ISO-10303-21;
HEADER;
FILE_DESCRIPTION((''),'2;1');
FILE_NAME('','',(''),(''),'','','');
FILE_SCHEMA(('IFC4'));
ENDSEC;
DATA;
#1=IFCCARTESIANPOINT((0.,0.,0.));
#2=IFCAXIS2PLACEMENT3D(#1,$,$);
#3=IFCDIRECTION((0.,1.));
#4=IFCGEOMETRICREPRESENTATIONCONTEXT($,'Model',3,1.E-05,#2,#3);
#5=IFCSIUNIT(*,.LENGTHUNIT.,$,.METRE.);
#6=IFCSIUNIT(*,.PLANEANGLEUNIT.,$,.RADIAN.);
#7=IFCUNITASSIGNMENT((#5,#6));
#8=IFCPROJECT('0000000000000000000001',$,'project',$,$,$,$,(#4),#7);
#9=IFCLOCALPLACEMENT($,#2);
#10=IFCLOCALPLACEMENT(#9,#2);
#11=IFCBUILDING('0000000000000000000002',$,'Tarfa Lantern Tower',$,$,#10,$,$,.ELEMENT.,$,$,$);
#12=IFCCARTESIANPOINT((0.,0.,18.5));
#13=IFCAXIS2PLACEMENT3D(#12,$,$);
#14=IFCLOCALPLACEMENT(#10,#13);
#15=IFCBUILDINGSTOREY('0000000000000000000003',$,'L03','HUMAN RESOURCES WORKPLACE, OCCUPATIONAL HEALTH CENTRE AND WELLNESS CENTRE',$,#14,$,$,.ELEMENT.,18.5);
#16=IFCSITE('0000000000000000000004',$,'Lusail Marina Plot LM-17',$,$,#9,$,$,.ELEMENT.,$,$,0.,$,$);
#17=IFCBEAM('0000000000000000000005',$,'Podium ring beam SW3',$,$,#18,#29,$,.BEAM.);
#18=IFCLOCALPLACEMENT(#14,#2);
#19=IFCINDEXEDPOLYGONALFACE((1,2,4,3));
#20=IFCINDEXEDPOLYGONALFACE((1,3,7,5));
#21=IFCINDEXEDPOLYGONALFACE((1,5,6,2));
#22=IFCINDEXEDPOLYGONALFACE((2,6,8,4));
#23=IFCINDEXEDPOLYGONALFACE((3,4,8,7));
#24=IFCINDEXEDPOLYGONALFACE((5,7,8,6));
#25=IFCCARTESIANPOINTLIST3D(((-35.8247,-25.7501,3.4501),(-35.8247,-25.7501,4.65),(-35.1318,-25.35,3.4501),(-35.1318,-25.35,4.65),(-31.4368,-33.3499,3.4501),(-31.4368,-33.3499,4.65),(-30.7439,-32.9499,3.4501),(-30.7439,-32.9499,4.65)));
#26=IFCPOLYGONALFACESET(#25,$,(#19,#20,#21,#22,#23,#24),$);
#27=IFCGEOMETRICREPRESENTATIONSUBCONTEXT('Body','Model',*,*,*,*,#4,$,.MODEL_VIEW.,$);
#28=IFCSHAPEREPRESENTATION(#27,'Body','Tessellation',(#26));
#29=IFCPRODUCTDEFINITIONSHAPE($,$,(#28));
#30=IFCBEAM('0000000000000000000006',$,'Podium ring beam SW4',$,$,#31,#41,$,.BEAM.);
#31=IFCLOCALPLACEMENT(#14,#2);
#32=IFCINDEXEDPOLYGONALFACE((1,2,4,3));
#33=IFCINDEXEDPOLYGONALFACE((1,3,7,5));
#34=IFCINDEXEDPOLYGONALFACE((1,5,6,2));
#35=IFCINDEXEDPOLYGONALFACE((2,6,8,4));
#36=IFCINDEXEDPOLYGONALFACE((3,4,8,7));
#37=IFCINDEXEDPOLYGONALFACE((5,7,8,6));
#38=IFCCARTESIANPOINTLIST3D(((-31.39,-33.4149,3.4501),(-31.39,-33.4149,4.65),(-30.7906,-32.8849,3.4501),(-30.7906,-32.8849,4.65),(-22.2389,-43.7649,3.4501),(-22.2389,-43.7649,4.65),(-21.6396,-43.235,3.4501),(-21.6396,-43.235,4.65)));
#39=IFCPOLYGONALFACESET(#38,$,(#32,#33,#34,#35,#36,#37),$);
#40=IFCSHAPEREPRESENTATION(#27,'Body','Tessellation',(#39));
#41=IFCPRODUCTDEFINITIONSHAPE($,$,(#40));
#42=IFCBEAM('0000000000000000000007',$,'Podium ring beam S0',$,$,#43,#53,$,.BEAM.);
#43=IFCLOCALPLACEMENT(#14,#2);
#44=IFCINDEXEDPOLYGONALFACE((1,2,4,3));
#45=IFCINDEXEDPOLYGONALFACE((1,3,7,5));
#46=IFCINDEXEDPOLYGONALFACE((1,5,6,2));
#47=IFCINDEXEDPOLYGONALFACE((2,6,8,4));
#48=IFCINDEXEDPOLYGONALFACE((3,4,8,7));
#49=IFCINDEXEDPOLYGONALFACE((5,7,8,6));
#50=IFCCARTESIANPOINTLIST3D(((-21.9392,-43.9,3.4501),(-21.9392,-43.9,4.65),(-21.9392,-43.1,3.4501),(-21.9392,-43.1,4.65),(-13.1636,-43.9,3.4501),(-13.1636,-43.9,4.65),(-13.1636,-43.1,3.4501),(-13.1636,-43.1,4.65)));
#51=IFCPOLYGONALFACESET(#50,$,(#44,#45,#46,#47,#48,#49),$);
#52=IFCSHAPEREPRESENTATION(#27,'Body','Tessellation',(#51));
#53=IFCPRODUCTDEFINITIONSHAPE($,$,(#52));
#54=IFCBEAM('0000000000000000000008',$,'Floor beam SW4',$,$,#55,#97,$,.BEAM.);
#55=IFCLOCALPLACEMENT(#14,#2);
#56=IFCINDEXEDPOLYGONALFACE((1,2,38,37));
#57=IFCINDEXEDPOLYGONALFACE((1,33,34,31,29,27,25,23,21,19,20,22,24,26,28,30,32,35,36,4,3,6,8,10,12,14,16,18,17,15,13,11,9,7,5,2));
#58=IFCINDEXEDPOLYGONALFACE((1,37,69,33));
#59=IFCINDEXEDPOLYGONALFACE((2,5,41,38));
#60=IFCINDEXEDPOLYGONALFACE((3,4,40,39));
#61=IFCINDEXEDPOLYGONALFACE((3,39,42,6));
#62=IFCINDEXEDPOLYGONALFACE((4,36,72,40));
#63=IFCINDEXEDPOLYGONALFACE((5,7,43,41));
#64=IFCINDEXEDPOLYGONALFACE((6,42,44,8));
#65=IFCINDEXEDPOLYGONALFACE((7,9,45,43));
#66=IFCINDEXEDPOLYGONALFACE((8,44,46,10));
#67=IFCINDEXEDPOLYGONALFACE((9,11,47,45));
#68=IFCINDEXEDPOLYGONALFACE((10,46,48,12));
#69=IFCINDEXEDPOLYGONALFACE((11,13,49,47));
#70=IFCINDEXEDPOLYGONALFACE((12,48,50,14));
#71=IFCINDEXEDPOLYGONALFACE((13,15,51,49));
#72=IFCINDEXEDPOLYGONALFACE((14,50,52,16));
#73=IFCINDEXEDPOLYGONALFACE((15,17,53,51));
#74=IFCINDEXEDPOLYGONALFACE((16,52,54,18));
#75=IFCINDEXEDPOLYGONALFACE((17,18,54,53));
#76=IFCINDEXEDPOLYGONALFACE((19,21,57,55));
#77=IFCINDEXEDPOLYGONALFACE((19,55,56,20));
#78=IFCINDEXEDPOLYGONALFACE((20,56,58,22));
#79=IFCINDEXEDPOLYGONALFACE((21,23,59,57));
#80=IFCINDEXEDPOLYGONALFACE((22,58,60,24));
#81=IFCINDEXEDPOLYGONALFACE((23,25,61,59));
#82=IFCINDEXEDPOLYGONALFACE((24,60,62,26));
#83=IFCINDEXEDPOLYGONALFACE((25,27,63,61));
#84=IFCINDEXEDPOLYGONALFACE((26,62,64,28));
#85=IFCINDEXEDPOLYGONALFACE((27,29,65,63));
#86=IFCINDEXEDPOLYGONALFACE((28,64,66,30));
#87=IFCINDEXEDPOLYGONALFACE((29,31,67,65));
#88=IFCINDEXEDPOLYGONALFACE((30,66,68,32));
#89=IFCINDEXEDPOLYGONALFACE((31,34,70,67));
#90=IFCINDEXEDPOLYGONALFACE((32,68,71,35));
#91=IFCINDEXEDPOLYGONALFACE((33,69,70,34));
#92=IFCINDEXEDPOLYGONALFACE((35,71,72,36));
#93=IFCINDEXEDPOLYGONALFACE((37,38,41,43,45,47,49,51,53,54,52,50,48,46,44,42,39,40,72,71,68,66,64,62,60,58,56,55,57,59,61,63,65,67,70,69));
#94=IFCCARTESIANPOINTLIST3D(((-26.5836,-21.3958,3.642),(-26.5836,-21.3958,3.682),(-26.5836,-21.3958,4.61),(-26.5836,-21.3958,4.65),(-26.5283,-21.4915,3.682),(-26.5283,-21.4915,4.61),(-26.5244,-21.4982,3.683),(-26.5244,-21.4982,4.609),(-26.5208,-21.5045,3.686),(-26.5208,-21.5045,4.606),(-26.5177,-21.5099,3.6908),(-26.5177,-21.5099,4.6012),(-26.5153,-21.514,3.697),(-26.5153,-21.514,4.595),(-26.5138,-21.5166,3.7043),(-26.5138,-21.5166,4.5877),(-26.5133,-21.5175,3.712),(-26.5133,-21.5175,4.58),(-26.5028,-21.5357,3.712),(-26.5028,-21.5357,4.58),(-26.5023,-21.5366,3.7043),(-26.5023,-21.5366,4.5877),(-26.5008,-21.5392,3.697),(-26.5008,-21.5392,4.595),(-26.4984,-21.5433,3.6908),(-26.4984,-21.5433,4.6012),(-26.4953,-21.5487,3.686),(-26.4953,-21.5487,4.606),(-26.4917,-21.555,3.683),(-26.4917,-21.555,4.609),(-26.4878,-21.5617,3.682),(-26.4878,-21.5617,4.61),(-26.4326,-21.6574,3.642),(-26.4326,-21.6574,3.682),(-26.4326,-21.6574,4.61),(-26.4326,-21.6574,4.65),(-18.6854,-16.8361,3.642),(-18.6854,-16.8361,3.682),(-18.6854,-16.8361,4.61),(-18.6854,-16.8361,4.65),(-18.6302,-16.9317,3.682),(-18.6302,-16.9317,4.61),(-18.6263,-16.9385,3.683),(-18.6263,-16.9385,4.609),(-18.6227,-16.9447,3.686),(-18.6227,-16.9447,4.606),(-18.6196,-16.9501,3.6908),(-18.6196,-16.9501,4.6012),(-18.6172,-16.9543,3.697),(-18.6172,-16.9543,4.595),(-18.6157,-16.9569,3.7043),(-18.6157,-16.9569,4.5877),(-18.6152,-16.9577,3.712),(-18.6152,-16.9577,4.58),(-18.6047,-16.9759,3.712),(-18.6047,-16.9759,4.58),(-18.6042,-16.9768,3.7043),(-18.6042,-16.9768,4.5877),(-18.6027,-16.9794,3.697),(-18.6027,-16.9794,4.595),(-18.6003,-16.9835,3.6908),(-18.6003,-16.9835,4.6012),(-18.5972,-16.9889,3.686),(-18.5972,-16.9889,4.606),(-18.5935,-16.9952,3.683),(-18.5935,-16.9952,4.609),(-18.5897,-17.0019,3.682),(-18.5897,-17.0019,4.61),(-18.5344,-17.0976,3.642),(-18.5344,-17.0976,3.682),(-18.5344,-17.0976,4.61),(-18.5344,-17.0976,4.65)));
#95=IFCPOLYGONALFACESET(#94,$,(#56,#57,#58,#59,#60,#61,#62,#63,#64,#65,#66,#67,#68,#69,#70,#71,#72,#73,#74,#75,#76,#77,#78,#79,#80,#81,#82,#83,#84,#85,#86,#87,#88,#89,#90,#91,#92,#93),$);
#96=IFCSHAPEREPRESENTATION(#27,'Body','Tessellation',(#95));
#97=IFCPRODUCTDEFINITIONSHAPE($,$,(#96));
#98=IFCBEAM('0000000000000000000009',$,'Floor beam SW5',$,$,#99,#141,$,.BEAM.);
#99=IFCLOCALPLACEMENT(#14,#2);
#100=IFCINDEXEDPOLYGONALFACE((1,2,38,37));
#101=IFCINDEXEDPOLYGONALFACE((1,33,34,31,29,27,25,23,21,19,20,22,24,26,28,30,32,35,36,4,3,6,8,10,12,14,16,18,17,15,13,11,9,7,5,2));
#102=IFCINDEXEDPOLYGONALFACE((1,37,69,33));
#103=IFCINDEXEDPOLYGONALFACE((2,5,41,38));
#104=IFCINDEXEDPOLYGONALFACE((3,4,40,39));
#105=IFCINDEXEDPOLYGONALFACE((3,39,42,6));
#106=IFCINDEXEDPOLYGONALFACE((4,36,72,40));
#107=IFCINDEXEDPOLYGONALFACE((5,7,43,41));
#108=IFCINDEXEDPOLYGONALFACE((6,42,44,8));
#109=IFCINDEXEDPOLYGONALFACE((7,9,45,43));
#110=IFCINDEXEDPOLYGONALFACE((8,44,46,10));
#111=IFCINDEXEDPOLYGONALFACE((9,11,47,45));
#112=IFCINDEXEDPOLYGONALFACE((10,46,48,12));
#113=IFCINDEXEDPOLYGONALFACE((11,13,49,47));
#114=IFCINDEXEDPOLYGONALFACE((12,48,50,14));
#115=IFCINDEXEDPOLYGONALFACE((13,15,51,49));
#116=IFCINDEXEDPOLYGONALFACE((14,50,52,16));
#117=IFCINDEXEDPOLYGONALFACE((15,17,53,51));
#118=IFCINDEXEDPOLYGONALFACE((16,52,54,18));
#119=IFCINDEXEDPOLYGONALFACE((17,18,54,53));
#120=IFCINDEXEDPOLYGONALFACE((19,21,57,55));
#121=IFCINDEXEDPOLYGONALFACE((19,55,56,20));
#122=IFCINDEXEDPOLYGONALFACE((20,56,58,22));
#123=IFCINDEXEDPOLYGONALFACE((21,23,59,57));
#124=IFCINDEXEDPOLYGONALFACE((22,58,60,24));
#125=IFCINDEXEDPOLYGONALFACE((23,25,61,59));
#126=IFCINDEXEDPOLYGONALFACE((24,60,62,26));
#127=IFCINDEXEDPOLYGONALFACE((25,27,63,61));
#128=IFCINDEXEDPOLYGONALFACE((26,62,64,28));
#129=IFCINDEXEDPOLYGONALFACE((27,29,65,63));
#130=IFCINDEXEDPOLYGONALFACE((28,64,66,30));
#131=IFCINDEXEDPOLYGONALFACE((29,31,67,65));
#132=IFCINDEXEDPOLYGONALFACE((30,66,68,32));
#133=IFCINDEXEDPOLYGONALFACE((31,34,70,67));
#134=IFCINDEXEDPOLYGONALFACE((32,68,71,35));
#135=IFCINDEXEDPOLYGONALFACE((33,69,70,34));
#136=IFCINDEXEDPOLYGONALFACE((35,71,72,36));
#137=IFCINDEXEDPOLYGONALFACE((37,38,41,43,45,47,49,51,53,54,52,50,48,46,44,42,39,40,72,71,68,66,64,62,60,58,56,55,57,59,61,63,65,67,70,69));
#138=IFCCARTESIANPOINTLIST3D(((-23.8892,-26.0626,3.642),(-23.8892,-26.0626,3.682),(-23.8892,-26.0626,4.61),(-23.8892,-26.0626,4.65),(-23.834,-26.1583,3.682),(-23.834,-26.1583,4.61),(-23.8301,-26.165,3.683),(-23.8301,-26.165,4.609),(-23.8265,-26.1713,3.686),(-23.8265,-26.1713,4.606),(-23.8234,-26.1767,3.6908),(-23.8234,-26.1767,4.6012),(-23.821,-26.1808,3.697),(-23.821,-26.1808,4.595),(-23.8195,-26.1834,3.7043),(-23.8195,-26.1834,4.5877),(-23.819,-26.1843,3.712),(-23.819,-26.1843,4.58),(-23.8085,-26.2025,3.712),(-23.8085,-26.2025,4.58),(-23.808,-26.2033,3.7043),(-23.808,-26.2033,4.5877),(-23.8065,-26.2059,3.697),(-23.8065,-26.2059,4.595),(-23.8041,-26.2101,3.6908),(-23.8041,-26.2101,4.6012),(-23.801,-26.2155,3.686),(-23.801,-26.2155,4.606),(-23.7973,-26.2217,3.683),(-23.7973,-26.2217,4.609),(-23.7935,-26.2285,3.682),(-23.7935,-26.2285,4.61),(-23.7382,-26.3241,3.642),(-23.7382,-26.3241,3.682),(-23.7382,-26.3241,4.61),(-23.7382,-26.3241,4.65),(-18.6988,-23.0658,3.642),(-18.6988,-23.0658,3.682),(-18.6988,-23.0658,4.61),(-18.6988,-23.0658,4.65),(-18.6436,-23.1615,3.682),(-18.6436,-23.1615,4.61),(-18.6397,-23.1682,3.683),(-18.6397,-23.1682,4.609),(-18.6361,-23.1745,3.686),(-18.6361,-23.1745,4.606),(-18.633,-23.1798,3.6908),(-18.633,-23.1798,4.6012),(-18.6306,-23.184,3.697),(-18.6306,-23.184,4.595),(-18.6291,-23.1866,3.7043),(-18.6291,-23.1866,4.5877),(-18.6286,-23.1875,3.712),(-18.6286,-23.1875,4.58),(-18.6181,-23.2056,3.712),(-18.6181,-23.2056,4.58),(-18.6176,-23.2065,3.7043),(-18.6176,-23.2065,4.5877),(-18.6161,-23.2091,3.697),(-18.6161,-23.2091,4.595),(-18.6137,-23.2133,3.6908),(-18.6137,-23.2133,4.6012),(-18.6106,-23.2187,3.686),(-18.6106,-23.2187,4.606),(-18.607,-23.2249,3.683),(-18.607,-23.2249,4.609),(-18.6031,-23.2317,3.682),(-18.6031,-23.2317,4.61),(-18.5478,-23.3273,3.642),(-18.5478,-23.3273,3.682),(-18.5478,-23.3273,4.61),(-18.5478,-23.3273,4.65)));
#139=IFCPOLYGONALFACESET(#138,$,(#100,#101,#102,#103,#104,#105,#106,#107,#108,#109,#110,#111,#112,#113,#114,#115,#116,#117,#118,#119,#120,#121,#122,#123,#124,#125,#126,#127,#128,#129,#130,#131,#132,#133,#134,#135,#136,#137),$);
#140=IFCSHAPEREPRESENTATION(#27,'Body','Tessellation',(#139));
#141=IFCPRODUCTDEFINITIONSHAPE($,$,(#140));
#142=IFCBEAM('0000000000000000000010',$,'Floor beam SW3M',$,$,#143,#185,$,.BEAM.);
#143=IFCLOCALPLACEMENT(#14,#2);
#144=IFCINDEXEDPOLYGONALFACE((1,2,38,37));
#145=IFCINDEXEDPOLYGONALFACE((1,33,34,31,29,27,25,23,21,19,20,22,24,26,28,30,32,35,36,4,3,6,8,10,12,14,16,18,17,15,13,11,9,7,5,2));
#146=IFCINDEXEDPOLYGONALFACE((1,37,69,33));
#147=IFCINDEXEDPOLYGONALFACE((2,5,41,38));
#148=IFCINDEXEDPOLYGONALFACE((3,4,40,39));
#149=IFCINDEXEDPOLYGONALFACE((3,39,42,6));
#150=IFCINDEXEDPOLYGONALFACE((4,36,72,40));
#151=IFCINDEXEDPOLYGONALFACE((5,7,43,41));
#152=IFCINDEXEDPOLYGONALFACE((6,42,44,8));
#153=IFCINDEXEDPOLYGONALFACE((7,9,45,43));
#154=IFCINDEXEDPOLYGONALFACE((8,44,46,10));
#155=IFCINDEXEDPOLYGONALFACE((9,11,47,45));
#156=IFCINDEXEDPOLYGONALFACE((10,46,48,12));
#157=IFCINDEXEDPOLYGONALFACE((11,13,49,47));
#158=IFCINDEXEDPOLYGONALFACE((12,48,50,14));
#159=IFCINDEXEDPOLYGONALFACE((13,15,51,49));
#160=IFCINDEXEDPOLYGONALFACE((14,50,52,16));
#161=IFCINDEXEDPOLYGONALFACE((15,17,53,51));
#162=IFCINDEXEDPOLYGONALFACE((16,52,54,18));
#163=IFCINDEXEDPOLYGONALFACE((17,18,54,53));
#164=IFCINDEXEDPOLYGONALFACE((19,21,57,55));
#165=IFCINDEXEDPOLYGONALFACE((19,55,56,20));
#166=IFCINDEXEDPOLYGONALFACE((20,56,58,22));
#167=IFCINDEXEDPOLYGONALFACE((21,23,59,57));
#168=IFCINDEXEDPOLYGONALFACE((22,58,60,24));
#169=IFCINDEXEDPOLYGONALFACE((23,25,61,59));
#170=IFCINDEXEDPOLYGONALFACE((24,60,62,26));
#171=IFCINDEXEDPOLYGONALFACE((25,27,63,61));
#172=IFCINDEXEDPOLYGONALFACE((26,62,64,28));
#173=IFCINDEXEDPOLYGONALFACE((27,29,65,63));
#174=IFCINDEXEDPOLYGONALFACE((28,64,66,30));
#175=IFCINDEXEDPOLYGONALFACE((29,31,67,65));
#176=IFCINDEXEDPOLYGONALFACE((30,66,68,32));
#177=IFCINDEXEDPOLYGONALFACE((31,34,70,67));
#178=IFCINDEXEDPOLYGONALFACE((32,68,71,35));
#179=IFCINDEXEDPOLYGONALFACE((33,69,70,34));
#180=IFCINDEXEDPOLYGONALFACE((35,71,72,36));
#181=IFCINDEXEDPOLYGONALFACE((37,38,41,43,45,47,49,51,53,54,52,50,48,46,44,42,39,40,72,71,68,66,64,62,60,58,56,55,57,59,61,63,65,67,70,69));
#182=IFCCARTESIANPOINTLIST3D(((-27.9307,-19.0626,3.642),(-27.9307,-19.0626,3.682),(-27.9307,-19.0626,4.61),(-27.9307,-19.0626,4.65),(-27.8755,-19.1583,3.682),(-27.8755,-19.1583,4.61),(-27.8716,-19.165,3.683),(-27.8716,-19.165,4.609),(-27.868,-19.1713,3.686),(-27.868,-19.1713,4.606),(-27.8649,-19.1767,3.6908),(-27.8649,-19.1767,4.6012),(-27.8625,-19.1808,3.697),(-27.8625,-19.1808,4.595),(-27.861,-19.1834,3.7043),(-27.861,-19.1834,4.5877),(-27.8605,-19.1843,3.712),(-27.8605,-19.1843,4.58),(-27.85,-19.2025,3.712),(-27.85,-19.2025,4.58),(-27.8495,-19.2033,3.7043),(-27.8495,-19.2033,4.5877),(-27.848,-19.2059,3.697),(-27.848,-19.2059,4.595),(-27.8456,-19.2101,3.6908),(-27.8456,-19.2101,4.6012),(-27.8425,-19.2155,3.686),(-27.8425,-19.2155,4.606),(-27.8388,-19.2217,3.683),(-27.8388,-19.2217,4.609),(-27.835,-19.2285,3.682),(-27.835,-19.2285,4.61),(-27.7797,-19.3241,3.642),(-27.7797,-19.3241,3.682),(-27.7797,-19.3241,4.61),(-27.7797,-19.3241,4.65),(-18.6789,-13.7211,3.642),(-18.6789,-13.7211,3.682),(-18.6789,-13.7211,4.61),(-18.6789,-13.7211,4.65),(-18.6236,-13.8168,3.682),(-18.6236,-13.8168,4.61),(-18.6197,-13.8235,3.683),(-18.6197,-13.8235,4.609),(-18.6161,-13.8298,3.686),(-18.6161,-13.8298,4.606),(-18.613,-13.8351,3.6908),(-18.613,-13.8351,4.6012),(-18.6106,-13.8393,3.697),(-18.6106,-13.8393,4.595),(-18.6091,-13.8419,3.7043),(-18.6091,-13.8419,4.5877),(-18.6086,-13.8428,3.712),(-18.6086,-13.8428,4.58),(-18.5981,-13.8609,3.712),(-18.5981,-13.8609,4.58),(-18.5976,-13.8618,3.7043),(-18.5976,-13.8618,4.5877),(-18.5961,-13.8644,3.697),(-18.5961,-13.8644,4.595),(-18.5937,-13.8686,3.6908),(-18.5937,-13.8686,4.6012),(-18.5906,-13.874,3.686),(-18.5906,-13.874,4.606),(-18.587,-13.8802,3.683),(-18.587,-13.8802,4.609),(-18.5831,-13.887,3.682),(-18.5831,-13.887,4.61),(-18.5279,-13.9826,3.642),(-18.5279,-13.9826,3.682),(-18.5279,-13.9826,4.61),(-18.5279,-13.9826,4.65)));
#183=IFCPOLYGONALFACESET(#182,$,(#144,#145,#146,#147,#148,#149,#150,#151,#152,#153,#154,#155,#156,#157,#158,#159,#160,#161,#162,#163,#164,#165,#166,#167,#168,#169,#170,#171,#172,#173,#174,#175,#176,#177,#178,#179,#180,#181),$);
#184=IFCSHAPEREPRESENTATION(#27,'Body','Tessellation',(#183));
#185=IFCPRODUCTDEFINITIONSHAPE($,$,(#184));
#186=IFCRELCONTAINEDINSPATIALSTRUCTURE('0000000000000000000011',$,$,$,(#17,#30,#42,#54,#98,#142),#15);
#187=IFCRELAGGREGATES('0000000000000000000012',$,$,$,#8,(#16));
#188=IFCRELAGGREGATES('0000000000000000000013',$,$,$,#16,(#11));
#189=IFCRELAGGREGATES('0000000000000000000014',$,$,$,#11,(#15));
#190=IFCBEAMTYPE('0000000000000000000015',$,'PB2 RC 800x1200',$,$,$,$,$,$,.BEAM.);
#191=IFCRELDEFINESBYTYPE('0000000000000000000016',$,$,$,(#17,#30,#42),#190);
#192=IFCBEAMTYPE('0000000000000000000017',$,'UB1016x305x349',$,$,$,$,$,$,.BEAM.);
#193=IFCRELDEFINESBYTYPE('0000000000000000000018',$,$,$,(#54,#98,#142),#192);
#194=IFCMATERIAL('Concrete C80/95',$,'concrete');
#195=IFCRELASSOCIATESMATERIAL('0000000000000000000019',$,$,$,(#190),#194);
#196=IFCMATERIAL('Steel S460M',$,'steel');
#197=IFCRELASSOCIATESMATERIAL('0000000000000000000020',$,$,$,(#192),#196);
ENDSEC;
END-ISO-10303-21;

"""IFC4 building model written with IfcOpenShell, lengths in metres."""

from ifc_helpers import new_model, si_unit, direction, frame, origin, origin_2d, place, context, subcontext, project, spatial, rectangle, i_section, extrude, material, material_profile, profile_set, type_object, element, save


model = new_model("IFC4")

# Units and contexts
model_context = context("Model", 3, precision=1e-05, world=origin(), true_north=direction((0.0, 1.0)))
body_context = subcontext(model_context, "Body", "Model", "MODEL_VIEW")
ifc_project = project(units=[si_unit("LENGTHUNIT", "METRE"), si_unit("PLANEANGLEUNIT", "RADIAN")], contexts=[model_context])

# Site, building, storey
site_placement = place(None, origin())
site = spatial("IfcSite", under=ifc_project, at=site_placement, Name="Lusail Marina Plot LM-17", CompositionType="ELEMENT", RefElevation=0.0)
building_placement = place(site_placement, origin())
building = spatial("IfcBuilding", under=site, at=building_placement, Name="Tarfa Lantern Tower", CompositionType="ELEMENT")
storey_placement = place(building_placement, frame((0.0, 0.0, 18.5)))
storey = spatial("IfcBuildingStorey", under=building, at=storey_placement, Name="L03", Description="HUMAN RESOURCES WORKPLACE, OCCUPATIONAL HEALTH CENTRE AND WELLNESS CENTRE", CompositionType="ELEMENT", Elevation=18.5)

# Shared definitions
ifc_material_1 = material(Name="Concrete C80/95", Category="concrete")

# Beams
ifc_material_profile_1 = material_profile(ifc_material_1, rectangle(XDim=0.8, YDim=1.2, at=origin_2d()), Name="RC 800x1200")
ifc_profile_set_1 = profile_set([ifc_material_profile_1], Name="Concrete C80/95")
beam_type_1 = type_object("IfcBeamType", Name="PB2 RC 800x1200", PredefinedType="BEAM", material=ifc_profile_set_1)
beam_1_placement = place(storey_placement, frame((-35.4783, -25.55, 4.05), z_axis=(0.500014, -0.866017, 0.0), x_axis=(0.866017, 0.500014, 0.0)))
element("IfcBeam", 1, at=beam_1_placement, inside=storey, type_object=beam_type_1, Name="Podium ring beam SW3", PredefinedType="BEAM", context=body_context, shape_type="SweptSolid", body=[
    extrude(rectangle(XDim=0.8, YDim=1.2, at=origin_2d()), origin(), (0.0, 0.0, 1.0), 8.7756),
])
beam_2_placement = place(storey_placement, frame((-31.0903, -33.1499, 4.05), z_axis=(0.662382, -0.749167, 0.0), x_axis=(0.749167, 0.662382, 0.0)))
element("IfcBeam", 2, at=beam_2_placement, inside=storey, type_object=beam_type_1, Name="Podium ring beam SW4", PredefinedType="BEAM", context=body_context, shape_type="SweptSolid", body=[
    extrude(rectangle(XDim=0.8, YDim=1.2, at=origin_2d()), origin(), (0.0, 0.0, 1.0), 13.8154),
])
beam_3_placement = place(storey_placement, frame((-21.9392, -43.5, 4.05), z_axis=(1.0, 0.0, 0.0), x_axis=(0.0, 1.0, 0.0)))
element("IfcBeam", 3, at=beam_3_placement, inside=storey, type_object=beam_type_1, Name="Podium ring beam S0", PredefinedType="BEAM", context=body_context, shape_type="SweptSolid", body=[
    extrude(rectangle(XDim=0.8, YDim=1.2, at=origin_2d()), origin(), (0.0, 0.0, 1.0), 8.7756),
])
ifc_material_2 = material(Name="Steel S460M", Category="steel")
ifc_material_profile_2 = material_profile(ifc_material_2, i_section(OverallWidth=0.302, OverallDepth=1.0081, WebThickness=0.021, FlangeThickness=0.04, FilletRadius=0.03, at=origin_2d()), Name="UB1016x305x349")
ifc_profile_set_2 = profile_set([ifc_material_profile_2], Name="Steel S460M")
beam_type_2 = type_object("IfcBeamType", Name="UB1016x305x349", PredefinedType="BEAM", material=ifc_profile_set_2)
beam_4_placement = place(storey_placement, frame((-26.5081, -21.5266, 4.146), z_axis=(0.866035, 0.499983, 0.0), x_axis=(-0.499983, 0.866035, 0.0)))
element("IfcBeam", 4, at=beam_4_placement, inside=storey, type_object=beam_type_2, Name="Floor beam SW4", PredefinedType="BEAM", context=body_context, shape_type="SweptSolid", body=[
    extrude(i_section(OverallWidth=0.302, OverallDepth=1.0081, WebThickness=0.021, FlangeThickness=0.04, FilletRadius=0.03, at=origin_2d()), origin(), (0.0, 0.0, 1.0), 9.1199),
])
beam_5_placement = place(storey_placement, frame((-23.8137, -26.1934, 4.146), z_axis=(0.866016, 0.500016, 0.0), x_axis=(-0.500016, 0.866016, 0.0)))
element("IfcBeam", 5, at=beam_5_placement, inside=storey, type_object=beam_type_2, Name="Floor beam SW5", PredefinedType="BEAM", context=body_context, shape_type="SweptSolid", body=[
    extrude(i_section(OverallWidth=0.302, OverallDepth=1.0081, WebThickness=0.021, FlangeThickness=0.04, FilletRadius=0.03, at=origin_2d()), origin(), (0.0, 0.0, 1.0), 5.9934),
])
beam_6_placement = place(storey_placement, frame((-27.8552, -19.1934, 4.146), z_axis=(0.866028, 0.499995, 0.0), x_axis=(-0.499995, 0.866028, 0.0)))
element("IfcBeam", 6, at=beam_6_placement, inside=storey, type_object=beam_type_2, Name="Floor beam SW3M", PredefinedType="BEAM", context=body_context, shape_type="SweptSolid", body=[
    extrude(i_section(OverallWidth=0.302, OverallDepth=1.0081, WebThickness=0.021, FlangeThickness=0.04, FilletRadius=0.03, at=origin_2d()), origin(), (0.0, 0.0, 1.0), 10.6831),
])

save(model, "model.ifc")
